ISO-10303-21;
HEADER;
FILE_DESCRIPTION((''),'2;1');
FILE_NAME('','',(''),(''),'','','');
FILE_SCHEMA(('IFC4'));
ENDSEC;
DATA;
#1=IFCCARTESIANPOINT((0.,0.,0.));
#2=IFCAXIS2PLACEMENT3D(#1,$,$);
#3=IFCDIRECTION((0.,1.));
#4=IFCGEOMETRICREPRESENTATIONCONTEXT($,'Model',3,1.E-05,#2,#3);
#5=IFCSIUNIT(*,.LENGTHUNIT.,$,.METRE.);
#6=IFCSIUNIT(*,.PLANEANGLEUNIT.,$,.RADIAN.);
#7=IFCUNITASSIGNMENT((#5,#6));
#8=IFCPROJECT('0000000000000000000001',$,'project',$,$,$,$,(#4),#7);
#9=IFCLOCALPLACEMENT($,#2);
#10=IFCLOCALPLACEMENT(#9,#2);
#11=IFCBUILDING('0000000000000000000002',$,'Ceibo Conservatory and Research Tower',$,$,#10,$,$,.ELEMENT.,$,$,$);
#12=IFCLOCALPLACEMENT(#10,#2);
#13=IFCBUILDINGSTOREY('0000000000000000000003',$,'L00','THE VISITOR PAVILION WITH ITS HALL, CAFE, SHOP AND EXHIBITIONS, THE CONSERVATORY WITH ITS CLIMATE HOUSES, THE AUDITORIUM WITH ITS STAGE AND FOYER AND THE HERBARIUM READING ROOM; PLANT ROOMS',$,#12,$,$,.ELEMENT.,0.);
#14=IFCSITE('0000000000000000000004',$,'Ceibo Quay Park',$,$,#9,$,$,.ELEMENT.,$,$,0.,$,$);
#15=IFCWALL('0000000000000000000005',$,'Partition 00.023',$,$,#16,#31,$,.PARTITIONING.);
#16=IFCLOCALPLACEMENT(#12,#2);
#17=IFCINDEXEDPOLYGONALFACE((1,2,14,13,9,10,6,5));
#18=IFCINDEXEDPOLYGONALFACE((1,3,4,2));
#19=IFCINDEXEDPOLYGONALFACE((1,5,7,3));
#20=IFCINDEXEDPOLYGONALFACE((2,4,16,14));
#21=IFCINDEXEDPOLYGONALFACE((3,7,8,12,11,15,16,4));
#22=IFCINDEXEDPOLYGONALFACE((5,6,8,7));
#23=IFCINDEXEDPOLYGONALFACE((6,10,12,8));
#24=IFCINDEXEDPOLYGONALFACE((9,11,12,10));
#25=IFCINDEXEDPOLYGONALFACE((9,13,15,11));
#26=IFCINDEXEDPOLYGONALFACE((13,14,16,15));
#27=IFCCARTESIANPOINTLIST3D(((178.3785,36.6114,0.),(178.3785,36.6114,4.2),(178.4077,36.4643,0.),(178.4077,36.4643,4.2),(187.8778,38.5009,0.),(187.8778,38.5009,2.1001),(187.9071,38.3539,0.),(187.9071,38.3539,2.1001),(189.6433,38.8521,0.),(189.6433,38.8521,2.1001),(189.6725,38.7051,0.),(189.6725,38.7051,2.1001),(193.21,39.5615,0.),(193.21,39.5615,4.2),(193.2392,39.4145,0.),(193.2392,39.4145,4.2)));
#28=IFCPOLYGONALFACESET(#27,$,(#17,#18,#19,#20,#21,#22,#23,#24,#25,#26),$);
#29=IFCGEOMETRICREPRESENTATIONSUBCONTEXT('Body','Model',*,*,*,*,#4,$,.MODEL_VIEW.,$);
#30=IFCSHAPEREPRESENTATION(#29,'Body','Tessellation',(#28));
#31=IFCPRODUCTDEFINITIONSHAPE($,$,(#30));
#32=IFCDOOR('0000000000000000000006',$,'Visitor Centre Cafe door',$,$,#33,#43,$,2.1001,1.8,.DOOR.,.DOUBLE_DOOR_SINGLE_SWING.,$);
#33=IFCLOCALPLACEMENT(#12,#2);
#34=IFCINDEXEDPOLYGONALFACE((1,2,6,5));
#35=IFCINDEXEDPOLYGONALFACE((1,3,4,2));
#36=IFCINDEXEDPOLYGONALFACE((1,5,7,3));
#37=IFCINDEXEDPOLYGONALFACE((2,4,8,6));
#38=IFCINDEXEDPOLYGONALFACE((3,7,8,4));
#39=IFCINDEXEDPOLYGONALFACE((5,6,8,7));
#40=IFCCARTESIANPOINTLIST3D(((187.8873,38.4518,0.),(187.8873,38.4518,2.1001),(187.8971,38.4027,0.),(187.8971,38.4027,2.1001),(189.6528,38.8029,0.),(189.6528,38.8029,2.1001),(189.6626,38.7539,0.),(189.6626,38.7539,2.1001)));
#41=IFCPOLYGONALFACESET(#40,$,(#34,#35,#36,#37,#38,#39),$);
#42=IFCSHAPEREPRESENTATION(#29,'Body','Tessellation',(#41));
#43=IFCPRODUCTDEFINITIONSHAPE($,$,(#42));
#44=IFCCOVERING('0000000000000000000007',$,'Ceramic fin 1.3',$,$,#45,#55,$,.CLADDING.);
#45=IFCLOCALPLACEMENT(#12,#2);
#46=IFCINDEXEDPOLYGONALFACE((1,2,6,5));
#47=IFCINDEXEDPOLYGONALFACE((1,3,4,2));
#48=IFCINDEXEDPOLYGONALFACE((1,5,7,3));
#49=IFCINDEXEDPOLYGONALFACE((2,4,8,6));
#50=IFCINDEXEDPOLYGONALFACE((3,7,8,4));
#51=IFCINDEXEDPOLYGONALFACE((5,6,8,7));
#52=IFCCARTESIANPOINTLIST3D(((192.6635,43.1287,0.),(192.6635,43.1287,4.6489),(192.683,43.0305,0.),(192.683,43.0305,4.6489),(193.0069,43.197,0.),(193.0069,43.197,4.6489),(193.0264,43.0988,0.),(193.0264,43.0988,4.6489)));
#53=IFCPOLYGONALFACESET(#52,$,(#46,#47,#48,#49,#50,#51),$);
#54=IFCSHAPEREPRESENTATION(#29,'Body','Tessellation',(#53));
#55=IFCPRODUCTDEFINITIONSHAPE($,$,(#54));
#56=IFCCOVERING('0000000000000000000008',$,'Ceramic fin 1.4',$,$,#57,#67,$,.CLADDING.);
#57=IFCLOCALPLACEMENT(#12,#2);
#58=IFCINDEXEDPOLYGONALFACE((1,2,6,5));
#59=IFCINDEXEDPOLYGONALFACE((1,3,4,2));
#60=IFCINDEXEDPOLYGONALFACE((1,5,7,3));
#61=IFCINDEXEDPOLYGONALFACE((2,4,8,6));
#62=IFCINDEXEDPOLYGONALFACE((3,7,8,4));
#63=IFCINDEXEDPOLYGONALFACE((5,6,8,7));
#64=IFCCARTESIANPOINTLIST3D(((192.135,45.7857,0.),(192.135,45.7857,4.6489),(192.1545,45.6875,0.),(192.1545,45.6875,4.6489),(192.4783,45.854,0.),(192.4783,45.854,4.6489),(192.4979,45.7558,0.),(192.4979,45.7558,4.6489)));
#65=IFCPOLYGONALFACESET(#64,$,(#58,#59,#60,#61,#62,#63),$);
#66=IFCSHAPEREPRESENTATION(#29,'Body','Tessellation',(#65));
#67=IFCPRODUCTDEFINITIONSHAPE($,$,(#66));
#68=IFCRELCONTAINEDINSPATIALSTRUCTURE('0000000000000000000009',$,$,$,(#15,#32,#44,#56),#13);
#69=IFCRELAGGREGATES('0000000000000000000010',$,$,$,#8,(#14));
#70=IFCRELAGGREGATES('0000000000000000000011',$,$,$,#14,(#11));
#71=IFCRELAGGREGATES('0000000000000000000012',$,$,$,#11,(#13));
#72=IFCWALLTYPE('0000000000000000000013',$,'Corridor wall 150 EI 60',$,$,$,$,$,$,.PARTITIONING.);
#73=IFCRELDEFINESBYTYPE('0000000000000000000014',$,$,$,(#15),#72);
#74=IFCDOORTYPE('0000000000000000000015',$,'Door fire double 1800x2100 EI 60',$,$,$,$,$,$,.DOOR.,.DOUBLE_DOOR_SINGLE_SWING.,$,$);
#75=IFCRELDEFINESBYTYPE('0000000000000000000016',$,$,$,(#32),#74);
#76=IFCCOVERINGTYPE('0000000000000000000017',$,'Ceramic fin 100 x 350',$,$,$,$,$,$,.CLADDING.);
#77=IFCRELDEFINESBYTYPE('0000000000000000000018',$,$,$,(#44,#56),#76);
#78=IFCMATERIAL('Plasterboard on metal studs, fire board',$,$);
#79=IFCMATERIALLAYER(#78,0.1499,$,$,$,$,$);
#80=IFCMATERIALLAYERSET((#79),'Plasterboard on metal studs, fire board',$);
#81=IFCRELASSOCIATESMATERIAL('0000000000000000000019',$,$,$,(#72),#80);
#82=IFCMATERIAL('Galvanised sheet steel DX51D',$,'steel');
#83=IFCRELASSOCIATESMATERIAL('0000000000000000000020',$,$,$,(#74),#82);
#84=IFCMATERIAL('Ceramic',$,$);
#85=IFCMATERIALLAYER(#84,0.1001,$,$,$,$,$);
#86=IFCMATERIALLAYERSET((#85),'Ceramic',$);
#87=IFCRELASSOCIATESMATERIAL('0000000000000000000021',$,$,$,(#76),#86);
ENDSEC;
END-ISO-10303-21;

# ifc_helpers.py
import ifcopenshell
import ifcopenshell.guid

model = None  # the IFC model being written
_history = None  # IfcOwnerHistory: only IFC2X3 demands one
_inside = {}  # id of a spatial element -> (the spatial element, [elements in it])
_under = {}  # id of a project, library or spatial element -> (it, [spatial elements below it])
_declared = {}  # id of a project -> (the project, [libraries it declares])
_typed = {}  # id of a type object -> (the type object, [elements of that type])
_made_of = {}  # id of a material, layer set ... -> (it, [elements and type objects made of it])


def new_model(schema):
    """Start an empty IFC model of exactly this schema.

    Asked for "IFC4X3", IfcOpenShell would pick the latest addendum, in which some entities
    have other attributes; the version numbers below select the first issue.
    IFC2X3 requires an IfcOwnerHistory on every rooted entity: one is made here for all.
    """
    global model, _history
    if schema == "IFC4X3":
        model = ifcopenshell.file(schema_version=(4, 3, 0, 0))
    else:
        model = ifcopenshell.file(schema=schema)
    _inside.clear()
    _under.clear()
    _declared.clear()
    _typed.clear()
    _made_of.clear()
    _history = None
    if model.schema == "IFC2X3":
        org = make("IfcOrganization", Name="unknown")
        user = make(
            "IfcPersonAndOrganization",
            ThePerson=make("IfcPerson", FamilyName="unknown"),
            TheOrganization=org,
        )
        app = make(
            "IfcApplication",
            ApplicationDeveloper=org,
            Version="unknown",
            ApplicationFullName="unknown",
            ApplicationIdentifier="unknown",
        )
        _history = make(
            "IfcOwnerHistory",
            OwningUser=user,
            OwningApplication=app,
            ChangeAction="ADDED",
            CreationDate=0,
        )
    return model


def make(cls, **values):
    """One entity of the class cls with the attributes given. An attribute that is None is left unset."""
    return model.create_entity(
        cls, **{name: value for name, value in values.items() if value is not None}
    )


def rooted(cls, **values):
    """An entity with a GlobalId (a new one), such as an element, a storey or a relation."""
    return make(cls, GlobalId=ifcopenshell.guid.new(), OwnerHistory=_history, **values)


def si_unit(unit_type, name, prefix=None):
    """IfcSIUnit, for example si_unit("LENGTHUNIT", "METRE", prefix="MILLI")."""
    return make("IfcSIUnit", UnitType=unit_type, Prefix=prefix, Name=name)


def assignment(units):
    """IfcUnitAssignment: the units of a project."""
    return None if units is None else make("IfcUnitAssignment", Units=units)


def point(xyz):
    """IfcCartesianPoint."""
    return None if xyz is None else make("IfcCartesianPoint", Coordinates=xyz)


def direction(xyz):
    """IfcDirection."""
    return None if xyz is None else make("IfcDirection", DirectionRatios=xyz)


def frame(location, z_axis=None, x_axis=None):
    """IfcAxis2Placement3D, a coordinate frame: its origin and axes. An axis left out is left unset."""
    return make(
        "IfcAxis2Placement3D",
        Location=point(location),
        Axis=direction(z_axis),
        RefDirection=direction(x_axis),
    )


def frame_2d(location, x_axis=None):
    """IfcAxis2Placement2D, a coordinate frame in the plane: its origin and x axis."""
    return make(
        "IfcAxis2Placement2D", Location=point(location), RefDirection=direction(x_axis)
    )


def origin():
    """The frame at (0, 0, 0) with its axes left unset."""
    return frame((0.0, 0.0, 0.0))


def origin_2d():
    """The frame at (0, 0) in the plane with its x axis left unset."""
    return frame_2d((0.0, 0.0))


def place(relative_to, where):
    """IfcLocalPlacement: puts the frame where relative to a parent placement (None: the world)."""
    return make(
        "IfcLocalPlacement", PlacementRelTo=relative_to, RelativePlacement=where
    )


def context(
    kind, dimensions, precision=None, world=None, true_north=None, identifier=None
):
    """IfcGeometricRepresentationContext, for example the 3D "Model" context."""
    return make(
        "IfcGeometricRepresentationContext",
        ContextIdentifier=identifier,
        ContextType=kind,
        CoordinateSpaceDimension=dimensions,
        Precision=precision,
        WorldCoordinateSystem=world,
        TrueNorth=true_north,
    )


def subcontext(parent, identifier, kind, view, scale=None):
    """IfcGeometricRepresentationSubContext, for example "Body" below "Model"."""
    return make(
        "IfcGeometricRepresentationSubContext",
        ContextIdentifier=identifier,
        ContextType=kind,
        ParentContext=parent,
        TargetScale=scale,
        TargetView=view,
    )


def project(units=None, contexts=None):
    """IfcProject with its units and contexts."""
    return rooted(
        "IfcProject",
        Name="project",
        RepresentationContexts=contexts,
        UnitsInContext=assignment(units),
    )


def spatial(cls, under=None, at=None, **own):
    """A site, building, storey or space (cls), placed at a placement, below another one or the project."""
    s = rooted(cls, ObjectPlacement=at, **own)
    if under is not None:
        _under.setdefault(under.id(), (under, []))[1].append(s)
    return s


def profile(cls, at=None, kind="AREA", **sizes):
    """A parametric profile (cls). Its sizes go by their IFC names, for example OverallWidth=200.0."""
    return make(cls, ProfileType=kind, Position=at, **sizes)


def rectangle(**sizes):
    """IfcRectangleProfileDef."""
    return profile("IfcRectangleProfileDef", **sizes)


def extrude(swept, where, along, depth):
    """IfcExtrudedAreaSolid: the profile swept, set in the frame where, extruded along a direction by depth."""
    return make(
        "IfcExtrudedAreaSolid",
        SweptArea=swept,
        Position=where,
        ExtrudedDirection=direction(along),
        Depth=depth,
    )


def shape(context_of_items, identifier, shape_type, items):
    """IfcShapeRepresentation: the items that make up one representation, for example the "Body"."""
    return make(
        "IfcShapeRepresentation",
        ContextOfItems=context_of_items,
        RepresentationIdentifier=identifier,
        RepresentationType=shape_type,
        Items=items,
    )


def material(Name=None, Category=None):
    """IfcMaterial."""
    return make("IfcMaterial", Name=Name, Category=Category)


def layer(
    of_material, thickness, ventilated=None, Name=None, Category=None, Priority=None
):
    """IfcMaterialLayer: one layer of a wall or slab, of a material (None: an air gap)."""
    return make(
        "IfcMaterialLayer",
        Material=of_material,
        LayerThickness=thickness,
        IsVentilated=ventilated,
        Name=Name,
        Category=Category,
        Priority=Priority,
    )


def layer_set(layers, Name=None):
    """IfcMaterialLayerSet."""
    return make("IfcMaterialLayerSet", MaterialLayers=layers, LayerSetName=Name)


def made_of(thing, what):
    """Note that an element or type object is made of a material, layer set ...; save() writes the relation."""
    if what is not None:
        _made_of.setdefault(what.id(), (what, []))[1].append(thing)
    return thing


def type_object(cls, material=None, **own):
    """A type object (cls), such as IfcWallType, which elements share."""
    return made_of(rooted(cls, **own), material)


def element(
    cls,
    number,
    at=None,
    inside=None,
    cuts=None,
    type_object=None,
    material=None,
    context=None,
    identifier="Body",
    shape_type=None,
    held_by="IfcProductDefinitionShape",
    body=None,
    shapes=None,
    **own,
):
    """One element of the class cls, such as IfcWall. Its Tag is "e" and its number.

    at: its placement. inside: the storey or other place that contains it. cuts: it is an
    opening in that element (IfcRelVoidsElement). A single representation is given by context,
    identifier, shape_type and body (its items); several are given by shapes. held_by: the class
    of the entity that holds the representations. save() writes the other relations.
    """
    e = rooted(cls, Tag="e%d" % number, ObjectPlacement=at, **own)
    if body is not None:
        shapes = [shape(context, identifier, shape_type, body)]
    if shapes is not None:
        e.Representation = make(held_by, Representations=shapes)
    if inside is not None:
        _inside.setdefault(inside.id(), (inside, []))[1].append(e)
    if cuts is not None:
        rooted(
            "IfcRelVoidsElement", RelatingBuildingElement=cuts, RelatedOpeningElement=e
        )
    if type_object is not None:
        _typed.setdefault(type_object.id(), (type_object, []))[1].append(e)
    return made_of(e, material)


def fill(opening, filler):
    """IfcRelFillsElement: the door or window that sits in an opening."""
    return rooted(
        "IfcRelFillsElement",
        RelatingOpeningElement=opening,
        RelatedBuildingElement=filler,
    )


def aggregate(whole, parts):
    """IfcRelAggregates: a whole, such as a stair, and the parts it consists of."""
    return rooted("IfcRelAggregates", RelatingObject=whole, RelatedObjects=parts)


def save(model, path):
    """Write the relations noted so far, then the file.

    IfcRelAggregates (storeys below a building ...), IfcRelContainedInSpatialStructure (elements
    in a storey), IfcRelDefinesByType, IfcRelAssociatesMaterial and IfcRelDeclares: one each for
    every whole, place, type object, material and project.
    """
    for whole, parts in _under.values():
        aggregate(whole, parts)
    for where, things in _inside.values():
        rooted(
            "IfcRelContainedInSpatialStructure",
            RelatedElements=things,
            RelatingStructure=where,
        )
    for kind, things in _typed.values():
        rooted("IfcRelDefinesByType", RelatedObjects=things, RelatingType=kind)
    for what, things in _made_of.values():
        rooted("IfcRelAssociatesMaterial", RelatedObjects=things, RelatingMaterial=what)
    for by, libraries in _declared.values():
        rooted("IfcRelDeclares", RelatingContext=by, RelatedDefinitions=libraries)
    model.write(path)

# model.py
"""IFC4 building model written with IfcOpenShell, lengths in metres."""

from ifc_helpers import new_model, si_unit, direction, frame, frame_2d, origin, origin_2d, place, context, subcontext, project, spatial, rectangle, extrude, material, layer, layer_set, type_object, element, fill, save


model = new_model("IFC4")

# Units and contexts
model_context = context("Model", 3, precision=1e-05, world=origin(), true_north=direction((0.0, 1.0)))
body_context = subcontext(model_context, "Body", "Model", "MODEL_VIEW")
ifc_project = project(units=[si_unit("LENGTHUNIT", "METRE"), si_unit("PLANEANGLEUNIT", "RADIAN")], contexts=[model_context])

# Site, building, storey
site_placement = place(None, origin())
site = spatial("IfcSite", under=ifc_project, at=site_placement, Name="Ceibo Quay Park", CompositionType="ELEMENT", RefElevation=0.0)
building_placement = place(site_placement, origin())
building = spatial("IfcBuilding", under=site, at=building_placement, Name="Ceibo Conservatory and Research Tower", CompositionType="ELEMENT")
storey_placement = place(building_placement, origin())
storey = spatial("IfcBuildingStorey", under=building, at=storey_placement, Name="L00", Description="THE VISITOR PAVILION WITH ITS HALL, CAFE, SHOP AND EXHIBITIONS, THE CONSERVATORY WITH ITS CLIMATE HOUSES, THE AUDITORIUM WITH ITS STAGE AND FOYER AND THE HERBARIUM READING ROOM; PLANT ROOMS", CompositionType="ELEMENT", Elevation=0.0)

# Wall, opening, door
ifc_material_1 = material(Name="Plasterboard on metal studs, fire board")
ifc_layer_1 = layer(ifc_material_1, 0.1499)
ifc_layer_set_1 = layer_set([ifc_layer_1], Name="Plasterboard on metal studs, fire board")
wall_type_1 = type_object("IfcWallType", Name="Corridor wall 150 EI 60", PredefinedType="PARTITIONING", material=ifc_layer_set_1)
wall_1_placement = place(storey_placement, frame((193.2246, 39.488, 0.0), z_axis=(0.0, 0.0, 1.0), x_axis=(-0.980785, -0.195091, 0.0)))
wall_1 = element("IfcWall", 1, at=wall_1_placement, inside=storey, type_object=wall_type_1, Name="Partition 00.023", PredefinedType="PARTITIONING", context=body_context, shape_type="SweptSolid", body=[
    extrude(rectangle(XDim=15.1221, YDim=0.1499, at=frame_2d((7.561, 0.0))), origin(), (0.0, 0.0, 1.0), 4.2),
])
opening_1_placement = place(wall_1_placement, frame((3.6367, 0.0, 0.0)))
opening_1 = element("IfcOpeningElement", 2, at=opening_1_placement, cuts=wall_1, PredefinedType="OPENING", context=body_context, shape_type="SweptSolid", body=[
    extrude(rectangle(XDim=1.8, YDim=2.1001, at=frame_2d((0.8999, 1.05))), frame((0.0, 0.085, 0.0), z_axis=(0.0, -1.0, 0.0), x_axis=(1.0, 0.0, 0.0)), (0.0, 0.0, 1.0), 0.1699),
])
ifc_material_2 = material(Name="Galvanised sheet steel DX51D", Category="steel")
door_type_1 = type_object("IfcDoorType", Name="Door fire double 1800x2100 EI 60", OperationType="DOUBLE_DOOR_SINGLE_SWING", PredefinedType="DOOR", material=ifc_material_2)
door_1_placement = place(opening_1_placement, frame((1.8, 0.0, 0.0), z_axis=(0.0, 0.0, 1.0), x_axis=(-1.0, 0.0, 0.0)))
door_1 = element("IfcDoor", 3, at=door_1_placement, inside=storey, type_object=door_type_1, Name="Visitor Centre Cafe door", OperationType="DOUBLE_DOOR_SINGLE_SWING", OverallHeight=2.1001, OverallWidth=1.8, PredefinedType="DOOR", context=body_context, shape_type="SweptSolid", body=[
    extrude(rectangle(XDim=1.8, YDim=2.1001, at=frame_2d((0.8999, 1.05))), frame((0.0, 0.0249, 0.0), z_axis=(0.0, -1.0, 0.0), x_axis=(1.0, 0.0, 0.0)), (0.0, 0.0, 1.0), 0.05),
])
fill(opening_1, door_1)

# Coverings
ifc_material_3 = material(Name="Ceramic")
ifc_layer_2 = layer(ifc_material_3, 0.1001)
ifc_layer_set_2 = layer_set([ifc_layer_2], Name="Ceramic")
covering_type = type_object("IfcCoveringType", Name="Ceramic fin 100 x 350", PredefinedType="CLADDING", material=ifc_layer_set_2)
for number, where, z_axis, x_axis, name in (
    (4, (192.845, 43.1138, 0.0), (0.0, 0.0, 1.0), (0.19509, -0.980785, 0.0), "Ceramic fin 1.3"),
    (5, (192.3164, 45.7708, 0.0), (0.0, 0.0, 1.0), (0.19509, -0.980785, 0.0), "Ceramic fin 1.4"),
):
    element("IfcCovering", number, at=place(storey_placement, frame(where, z_axis=z_axis, x_axis=x_axis)), inside=storey, type_object=covering_type, Name=name, PredefinedType="CLADDING", context=body_context, shape_type="SweptSolid", body=[
        extrude(rectangle(XDim=0.1001, YDim=0.3501, at=origin_2d()), origin(), (0.0, 0.0, 1.0), 4.6489),
    ])

save(model, "model.ifc")
